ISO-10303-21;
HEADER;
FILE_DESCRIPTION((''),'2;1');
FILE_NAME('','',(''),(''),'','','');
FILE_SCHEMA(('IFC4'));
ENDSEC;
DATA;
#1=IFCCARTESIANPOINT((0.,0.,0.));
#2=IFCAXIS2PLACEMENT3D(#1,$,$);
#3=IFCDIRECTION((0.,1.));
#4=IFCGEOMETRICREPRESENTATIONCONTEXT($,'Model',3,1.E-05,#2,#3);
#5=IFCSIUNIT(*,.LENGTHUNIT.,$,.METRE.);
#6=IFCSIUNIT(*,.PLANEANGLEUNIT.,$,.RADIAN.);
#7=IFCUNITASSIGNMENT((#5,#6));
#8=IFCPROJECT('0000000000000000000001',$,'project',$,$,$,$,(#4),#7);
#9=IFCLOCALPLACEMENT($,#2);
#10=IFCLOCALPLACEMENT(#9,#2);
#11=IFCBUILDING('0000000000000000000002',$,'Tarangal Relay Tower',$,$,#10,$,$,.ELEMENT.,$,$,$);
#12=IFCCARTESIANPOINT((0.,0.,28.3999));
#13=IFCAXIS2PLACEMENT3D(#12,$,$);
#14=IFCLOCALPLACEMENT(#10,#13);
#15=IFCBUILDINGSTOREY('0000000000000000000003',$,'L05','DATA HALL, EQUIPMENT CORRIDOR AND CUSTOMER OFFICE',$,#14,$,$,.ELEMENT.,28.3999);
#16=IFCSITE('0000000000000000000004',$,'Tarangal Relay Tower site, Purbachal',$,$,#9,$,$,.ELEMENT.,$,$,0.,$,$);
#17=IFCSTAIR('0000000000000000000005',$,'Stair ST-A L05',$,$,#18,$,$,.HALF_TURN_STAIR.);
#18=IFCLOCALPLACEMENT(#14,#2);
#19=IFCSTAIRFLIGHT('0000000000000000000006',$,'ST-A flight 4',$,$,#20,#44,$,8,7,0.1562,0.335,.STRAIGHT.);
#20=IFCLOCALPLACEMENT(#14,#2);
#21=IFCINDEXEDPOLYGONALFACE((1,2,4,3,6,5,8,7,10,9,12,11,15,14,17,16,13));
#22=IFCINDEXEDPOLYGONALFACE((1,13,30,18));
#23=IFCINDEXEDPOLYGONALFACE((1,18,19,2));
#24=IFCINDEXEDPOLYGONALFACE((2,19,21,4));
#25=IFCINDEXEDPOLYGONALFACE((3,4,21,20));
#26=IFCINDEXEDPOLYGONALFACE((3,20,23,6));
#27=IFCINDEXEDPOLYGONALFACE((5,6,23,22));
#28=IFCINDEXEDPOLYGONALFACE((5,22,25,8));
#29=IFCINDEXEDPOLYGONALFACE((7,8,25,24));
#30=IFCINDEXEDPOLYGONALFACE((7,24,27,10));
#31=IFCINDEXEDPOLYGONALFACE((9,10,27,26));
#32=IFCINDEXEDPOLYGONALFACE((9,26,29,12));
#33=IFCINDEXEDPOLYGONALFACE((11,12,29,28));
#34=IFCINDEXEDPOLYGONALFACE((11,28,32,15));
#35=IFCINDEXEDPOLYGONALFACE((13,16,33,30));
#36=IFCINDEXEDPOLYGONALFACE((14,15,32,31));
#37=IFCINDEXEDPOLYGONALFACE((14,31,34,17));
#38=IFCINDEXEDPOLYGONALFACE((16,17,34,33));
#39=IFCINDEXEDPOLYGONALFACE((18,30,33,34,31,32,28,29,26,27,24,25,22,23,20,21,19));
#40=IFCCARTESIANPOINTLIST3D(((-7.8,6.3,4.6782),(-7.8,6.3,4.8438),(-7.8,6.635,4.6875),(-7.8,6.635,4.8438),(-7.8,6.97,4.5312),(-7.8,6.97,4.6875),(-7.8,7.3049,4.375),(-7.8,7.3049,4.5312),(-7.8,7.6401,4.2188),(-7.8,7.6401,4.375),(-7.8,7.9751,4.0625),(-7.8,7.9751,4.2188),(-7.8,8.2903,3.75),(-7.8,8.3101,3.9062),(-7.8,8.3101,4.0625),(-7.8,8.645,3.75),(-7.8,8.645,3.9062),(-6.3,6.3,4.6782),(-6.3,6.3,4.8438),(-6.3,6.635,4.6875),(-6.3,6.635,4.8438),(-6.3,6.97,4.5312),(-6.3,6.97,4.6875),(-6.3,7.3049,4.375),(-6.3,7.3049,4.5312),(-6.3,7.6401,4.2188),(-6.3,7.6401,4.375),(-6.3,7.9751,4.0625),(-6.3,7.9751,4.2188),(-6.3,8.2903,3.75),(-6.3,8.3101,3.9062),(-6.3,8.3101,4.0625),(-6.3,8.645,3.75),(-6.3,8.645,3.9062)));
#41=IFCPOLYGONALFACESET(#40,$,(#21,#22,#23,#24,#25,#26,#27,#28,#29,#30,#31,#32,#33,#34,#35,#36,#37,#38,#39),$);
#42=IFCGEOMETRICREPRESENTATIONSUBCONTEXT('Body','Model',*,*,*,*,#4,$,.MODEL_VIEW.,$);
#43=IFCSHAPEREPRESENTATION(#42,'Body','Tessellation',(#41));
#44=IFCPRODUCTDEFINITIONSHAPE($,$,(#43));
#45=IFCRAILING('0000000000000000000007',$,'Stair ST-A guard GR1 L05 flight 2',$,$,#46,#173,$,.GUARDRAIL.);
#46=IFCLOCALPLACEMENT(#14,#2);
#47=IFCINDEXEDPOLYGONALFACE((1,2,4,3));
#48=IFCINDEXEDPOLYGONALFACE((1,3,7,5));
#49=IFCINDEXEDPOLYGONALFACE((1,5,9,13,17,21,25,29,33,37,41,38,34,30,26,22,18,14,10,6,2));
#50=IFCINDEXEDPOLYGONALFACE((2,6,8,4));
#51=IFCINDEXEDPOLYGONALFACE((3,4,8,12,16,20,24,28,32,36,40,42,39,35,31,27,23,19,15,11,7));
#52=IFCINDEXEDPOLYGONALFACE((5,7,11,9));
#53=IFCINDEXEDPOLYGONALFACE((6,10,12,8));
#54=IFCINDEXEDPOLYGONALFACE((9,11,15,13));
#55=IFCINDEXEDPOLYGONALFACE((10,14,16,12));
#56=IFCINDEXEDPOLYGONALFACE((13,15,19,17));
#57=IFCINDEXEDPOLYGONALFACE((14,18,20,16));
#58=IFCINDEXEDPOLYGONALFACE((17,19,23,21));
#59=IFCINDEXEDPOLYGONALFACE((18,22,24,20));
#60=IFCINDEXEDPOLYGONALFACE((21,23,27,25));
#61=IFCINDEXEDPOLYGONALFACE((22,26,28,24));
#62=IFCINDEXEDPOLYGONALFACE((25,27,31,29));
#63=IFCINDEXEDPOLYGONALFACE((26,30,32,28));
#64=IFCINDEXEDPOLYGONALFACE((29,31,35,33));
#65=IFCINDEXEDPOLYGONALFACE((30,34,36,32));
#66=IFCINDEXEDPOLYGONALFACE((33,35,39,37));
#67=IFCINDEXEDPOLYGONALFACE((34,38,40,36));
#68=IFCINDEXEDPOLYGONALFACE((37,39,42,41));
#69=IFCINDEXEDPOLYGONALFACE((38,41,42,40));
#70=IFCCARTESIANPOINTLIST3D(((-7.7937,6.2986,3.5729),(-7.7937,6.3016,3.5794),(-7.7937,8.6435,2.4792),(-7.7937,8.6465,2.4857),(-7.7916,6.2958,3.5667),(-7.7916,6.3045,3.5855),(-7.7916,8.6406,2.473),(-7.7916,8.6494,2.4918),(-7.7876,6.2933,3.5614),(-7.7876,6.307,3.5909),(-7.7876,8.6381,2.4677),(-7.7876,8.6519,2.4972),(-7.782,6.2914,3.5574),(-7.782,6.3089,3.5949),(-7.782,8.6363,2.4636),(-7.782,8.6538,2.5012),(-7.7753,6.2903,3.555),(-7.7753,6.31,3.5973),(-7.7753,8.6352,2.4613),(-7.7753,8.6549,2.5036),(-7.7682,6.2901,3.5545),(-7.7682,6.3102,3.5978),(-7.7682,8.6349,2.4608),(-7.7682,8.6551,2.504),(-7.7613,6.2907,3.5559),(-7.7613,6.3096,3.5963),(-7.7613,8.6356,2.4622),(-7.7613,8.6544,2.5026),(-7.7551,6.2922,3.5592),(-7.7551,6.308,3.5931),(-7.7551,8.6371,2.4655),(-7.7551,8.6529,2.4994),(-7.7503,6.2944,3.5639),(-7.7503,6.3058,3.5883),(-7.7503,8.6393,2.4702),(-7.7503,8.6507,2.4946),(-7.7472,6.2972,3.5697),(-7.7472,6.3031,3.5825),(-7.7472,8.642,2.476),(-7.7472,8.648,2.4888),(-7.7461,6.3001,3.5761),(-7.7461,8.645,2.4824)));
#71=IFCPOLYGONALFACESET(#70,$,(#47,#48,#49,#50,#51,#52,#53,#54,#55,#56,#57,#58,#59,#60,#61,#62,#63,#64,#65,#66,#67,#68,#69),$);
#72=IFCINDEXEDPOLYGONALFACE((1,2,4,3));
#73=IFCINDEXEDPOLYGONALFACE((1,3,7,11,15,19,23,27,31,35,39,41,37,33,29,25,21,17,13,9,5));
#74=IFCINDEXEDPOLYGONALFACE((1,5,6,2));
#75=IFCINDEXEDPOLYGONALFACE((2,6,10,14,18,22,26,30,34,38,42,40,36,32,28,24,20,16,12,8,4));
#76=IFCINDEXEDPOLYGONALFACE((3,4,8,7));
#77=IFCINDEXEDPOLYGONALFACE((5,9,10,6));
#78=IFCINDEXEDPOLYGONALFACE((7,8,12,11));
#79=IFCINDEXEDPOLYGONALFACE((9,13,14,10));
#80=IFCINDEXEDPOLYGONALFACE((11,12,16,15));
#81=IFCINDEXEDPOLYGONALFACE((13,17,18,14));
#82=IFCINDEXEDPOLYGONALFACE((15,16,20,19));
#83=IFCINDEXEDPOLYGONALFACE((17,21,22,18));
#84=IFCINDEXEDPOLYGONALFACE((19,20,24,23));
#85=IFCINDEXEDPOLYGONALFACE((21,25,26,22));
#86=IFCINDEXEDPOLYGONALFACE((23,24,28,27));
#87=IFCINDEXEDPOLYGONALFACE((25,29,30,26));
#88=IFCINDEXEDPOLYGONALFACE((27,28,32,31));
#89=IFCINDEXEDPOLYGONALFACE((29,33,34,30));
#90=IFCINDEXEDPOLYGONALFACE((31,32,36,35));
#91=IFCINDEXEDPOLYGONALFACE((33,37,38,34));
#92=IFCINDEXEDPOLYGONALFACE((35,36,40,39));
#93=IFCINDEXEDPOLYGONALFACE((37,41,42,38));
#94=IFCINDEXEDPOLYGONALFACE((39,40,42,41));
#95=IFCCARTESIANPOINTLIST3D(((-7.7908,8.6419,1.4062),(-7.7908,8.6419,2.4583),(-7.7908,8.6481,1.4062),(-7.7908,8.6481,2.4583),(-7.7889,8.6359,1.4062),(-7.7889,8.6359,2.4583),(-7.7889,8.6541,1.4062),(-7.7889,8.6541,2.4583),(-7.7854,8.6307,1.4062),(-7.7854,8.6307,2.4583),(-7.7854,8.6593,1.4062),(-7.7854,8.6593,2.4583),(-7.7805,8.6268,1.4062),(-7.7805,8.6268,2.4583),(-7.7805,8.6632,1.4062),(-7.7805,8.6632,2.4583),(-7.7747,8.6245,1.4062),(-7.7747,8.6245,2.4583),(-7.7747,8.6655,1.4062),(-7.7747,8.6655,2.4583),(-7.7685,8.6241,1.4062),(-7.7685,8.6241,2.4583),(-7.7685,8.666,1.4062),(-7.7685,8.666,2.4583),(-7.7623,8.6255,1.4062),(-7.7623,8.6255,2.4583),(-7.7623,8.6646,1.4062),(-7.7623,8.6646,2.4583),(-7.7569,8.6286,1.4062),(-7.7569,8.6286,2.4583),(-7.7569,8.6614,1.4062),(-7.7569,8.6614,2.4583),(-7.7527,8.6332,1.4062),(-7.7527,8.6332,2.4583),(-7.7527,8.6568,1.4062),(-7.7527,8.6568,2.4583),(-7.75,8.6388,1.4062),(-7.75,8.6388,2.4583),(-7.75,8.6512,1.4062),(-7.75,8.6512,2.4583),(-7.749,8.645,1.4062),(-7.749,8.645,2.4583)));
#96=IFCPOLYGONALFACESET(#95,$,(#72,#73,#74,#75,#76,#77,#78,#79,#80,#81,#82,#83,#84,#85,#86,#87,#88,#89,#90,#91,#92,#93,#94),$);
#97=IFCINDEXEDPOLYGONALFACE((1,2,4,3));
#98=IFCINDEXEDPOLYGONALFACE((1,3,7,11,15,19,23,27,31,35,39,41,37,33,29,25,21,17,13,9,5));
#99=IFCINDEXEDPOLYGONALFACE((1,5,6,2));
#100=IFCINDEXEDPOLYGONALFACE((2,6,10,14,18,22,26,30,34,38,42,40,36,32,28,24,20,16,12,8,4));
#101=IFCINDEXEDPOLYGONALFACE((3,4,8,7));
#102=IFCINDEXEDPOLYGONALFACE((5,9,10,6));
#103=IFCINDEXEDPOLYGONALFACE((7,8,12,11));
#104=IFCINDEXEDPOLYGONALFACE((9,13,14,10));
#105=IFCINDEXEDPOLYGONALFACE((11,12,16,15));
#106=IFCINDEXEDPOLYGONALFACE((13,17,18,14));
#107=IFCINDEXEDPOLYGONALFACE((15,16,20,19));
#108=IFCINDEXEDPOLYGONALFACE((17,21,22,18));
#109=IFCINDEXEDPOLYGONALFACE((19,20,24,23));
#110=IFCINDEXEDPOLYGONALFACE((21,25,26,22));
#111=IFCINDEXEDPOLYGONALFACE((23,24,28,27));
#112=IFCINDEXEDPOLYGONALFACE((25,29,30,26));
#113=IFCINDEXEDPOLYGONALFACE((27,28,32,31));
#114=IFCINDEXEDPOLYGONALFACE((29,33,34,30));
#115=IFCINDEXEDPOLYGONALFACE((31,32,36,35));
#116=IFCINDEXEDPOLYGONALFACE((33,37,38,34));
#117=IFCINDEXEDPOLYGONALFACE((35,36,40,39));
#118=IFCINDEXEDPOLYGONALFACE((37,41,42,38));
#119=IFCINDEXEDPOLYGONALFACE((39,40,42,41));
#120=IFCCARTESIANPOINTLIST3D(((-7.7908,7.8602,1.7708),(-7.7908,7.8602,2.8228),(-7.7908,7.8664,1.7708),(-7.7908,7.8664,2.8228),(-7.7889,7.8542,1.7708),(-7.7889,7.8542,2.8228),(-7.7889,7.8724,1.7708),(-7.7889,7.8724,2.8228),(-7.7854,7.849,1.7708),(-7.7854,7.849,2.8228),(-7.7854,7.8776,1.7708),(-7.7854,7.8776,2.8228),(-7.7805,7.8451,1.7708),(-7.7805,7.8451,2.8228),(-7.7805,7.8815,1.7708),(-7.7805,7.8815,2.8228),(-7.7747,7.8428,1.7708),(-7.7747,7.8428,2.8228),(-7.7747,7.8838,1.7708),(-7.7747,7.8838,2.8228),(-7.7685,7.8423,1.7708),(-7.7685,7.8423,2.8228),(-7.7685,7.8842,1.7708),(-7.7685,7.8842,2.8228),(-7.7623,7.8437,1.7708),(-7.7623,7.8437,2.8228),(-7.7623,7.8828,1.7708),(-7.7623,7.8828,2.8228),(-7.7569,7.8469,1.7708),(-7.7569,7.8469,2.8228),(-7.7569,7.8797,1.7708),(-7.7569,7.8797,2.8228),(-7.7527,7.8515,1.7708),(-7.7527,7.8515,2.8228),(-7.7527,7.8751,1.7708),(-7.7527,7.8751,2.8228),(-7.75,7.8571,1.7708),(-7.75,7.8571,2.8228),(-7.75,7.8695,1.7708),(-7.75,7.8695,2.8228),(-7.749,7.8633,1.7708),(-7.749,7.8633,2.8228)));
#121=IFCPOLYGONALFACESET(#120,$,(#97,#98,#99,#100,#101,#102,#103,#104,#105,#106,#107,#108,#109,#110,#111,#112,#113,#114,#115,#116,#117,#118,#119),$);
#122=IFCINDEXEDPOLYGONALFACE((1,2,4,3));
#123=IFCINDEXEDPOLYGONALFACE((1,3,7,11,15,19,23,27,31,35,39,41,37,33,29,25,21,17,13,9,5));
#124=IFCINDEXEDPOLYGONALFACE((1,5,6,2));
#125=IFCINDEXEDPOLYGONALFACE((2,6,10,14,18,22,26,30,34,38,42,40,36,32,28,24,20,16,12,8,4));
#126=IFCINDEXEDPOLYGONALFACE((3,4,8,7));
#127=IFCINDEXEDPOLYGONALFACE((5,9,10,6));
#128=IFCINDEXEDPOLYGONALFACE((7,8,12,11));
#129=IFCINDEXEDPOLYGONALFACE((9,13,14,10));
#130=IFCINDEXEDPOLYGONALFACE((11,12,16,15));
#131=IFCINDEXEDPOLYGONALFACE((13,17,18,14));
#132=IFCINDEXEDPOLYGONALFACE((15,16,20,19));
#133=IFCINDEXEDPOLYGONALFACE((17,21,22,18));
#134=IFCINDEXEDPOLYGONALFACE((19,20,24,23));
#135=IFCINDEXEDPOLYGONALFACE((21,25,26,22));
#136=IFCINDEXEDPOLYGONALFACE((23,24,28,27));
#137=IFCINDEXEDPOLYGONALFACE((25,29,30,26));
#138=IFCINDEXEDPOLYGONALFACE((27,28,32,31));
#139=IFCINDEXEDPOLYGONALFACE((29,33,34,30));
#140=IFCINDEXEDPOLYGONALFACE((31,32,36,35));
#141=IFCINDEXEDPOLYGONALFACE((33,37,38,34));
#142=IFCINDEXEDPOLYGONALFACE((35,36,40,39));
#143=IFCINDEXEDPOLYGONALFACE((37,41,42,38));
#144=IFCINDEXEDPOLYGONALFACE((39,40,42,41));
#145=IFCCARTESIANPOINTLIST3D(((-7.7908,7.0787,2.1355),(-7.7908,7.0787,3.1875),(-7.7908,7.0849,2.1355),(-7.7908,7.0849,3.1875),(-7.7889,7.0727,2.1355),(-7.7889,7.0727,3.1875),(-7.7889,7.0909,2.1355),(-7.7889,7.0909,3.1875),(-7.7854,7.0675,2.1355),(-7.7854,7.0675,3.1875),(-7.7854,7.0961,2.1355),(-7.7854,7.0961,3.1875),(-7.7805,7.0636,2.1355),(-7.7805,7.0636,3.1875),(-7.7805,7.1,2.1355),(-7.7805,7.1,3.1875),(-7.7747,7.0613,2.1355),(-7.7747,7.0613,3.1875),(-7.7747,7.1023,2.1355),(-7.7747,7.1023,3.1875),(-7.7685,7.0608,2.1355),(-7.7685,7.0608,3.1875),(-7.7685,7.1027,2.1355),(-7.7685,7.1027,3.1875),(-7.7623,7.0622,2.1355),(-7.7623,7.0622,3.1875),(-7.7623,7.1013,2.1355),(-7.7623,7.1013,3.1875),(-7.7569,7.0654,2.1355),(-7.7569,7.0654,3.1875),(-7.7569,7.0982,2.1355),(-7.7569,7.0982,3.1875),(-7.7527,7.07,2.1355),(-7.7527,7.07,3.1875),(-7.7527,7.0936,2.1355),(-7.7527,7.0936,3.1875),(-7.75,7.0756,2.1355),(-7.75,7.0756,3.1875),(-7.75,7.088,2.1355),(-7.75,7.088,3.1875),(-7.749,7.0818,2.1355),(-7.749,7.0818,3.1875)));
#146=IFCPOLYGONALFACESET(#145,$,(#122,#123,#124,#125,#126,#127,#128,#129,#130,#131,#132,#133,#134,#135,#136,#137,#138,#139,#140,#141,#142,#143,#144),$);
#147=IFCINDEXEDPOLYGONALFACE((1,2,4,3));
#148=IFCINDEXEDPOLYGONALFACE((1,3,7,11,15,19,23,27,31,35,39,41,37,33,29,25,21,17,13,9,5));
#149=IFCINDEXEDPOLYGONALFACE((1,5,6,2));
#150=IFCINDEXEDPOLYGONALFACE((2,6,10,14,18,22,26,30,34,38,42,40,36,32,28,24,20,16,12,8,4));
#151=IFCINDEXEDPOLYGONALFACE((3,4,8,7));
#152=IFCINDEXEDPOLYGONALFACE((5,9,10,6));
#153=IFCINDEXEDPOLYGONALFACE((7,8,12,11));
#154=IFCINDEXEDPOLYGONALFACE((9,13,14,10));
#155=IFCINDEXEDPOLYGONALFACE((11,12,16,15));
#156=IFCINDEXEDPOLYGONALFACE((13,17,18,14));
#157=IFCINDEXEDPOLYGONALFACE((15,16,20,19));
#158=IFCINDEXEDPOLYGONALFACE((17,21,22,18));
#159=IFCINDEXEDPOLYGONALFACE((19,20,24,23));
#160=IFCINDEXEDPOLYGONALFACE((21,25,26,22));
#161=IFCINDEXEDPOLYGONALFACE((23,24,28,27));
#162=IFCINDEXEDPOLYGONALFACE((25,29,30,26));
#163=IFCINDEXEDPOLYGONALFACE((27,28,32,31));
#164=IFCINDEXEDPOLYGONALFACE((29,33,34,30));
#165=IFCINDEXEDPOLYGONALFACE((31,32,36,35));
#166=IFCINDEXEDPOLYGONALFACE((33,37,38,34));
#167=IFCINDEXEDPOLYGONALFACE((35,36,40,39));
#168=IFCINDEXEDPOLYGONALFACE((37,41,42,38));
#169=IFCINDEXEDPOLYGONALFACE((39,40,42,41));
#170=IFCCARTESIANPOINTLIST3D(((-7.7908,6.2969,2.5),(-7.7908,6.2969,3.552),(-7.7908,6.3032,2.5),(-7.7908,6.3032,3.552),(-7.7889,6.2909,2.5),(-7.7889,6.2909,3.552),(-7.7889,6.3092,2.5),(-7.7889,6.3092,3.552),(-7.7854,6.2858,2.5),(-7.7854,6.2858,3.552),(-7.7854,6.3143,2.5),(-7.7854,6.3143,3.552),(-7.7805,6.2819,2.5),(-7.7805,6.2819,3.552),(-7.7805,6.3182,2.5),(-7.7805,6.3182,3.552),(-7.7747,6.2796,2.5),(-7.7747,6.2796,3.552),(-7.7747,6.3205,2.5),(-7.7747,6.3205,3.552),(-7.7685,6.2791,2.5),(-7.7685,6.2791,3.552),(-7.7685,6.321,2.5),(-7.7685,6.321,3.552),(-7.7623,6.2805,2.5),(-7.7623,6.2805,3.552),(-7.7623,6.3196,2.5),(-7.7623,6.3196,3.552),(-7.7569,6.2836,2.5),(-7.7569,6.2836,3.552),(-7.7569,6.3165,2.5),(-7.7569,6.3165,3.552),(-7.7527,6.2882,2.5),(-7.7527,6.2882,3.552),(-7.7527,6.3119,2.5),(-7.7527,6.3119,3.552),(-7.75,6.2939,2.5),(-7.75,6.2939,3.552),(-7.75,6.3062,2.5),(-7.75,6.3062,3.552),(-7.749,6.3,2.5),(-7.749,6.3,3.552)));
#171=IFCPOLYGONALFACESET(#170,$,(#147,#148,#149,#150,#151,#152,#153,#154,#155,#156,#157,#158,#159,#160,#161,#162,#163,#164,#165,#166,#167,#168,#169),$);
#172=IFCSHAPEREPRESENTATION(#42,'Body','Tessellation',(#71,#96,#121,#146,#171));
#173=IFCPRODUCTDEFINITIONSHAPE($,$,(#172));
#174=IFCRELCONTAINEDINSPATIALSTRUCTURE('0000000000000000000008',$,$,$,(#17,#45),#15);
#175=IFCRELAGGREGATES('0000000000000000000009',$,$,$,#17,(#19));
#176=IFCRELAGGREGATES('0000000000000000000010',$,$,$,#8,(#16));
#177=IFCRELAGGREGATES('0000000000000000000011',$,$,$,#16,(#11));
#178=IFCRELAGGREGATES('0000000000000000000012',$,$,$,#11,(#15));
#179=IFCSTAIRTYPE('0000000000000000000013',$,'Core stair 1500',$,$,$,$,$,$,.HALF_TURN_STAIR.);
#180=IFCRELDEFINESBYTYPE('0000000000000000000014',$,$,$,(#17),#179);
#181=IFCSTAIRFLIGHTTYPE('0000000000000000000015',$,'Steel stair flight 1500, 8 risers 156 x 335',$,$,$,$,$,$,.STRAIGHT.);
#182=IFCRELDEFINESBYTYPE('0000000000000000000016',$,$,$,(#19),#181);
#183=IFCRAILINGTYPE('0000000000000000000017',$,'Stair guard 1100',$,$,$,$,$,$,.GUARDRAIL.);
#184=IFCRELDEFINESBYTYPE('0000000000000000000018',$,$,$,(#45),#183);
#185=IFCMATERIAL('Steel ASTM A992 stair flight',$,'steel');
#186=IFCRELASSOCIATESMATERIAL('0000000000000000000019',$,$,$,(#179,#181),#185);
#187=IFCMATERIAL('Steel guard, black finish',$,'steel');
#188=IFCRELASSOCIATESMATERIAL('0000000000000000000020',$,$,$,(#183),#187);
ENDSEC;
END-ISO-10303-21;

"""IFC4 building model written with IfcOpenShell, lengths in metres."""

from ifc_helpers import new_model, si_unit, direction, frame, origin, origin_2d, place, context, subcontext, project, spatial, polyline, circle, outline, extrude, material, type_object, element, aggregate, save


model = new_model("IFC4")

# Units and contexts
model_context = context("Model", 3, precision=1e-05, world=origin(), true_north=direction((0.0, 1.0)))
body_context = subcontext(model_context, "Body", "Model", "MODEL_VIEW")
ifc_project = project(units=[si_unit("LENGTHUNIT", "METRE"), si_unit("PLANEANGLEUNIT", "RADIAN")], contexts=[model_context])

# Site, building, storey
site_placement = place(None, origin())
site = spatial("IfcSite", under=ifc_project, at=site_placement, Name="Tarangal Relay Tower site, Purbachal", CompositionType="ELEMENT", RefElevation=0.0)
building_placement = place(site_placement, origin())
building = spatial("IfcBuilding", under=site, at=building_placement, Name="Tarangal Relay Tower", CompositionType="ELEMENT")
storey_placement = place(building_placement, frame((0.0, 0.0, 28.3999)))
storey = spatial("IfcBuildingStorey", under=building, at=storey_placement, Name="L05", Description="DATA HALL, EQUIPMENT CORRIDOR AND CUSTOMER OFFICE", CompositionType="ELEMENT", Elevation=28.3999)

# Stair, stair flight
ifc_material_1 = material(Name="Steel ASTM A992 stair flight", Category="steel")
stair_type = type_object("IfcStairType", Name="Core stair 1500", PredefinedType="HALF_TURN_STAIR", material=ifc_material_1)
stair_placement = place(storey_placement, origin())
stair = element("IfcStair", 1, at=stair_placement, inside=storey, type_object=stair_type, Name="Stair ST-A L05", PredefinedType="HALF_TURN_STAIR")
stair_flight_type = type_object("IfcStairFlightType", Name="Steel stair flight 1500, 8 risers 156 x 335", PredefinedType="STRAIGHT", material=ifc_material_1)
stair_flight_1_placement = place(storey_placement, frame((-7.05, 8.645, 3.75), z_axis=(0.0, 0.0, 1.0), x_axis=(0.0, -1.0, 0.0)))
stair_flight_1 = element("IfcStairFlight", 2, at=stair_flight_1_placement, type_object=stair_flight_type, Name="ST-A flight 4", NumberOfRisers=8, NumberOfTreads=7, PredefinedType="STRAIGHT", RiserHeight=0.1562, TreadLength=0.335, context=body_context, shape_type="SweptSolid", body=[
    extrude(outline(polyline([(0.0, 0.0), (0.0, 0.1562), (0.335, 0.1562), (0.335, 0.3125), (0.6699, 0.3125), (0.6699, 0.4688), (1.0049, 0.4688), (1.0049, 0.625), (1.3401, 0.625), (1.3401, 0.7812), (1.675, 0.7812), (1.675, 0.9375), (2.01, 0.9375), (2.01, 1.0938), (2.345, 1.0938), (2.345, 1.25), (2.345, 0.9282), (0.3547, 0.0), (0.0, 0.0)])), frame((0.0, 0.75, 0.0), z_axis=(0.0, -1.0, 0.0), x_axis=(1.0, 0.0, 0.0)), (0.0, 0.0, 1.0), 1.5),
])
aggregate(stair, [stair_flight_1])

# Railing
ifc_material_2 = material(Name="Steel guard, black finish", Category="steel")
railing_type_1 = type_object("IfcRailingType", Name="Stair guard 1100", PredefinedType="GUARDRAIL", material=ifc_material_2)
for number, where, name in (
    (3, (-7.77, 8.645, 1.4062), "Stair ST-A guard GR1 L05 flight 2"),
):
    element("IfcRailing", number, at=place(storey_placement, frame(where)), inside=storey, type_object=railing_type_1, Name=name, PredefinedType="GUARDRAIL", context=body_context, shape_type="SweptSolid", body=[
        extrude(circle(Radius=0.0239, at=origin_2d()), frame((0.0, 0.0, 1.0762), z_axis=(0.0, -0.906267, 0.422705), x_axis=(1.0, 0.0, 0.0)), (0.0, 0.0, 1.0), 2.5874),
        extrude(circle(Radius=0.021, at=origin_2d()), origin(), (0.0, 0.0, 1.0), 1.052),
        extrude(circle(Radius=0.021, at=origin_2d()), frame((0.0, -0.7817, 0.3645)), (0.0, 0.0, 1.0), 1.052),
        extrude(circle(Radius=0.021, at=origin_2d()), frame((0.0, -1.5632, 0.7292)), (0.0, 0.0, 1.0), 1.052),
        extrude(circle(Radius=0.021, at=origin_2d()), frame((0.0, -2.345, 1.0938)), (0.0, 0.0, 1.0), 1.052),
    ])

save(model, "model.ifc")
